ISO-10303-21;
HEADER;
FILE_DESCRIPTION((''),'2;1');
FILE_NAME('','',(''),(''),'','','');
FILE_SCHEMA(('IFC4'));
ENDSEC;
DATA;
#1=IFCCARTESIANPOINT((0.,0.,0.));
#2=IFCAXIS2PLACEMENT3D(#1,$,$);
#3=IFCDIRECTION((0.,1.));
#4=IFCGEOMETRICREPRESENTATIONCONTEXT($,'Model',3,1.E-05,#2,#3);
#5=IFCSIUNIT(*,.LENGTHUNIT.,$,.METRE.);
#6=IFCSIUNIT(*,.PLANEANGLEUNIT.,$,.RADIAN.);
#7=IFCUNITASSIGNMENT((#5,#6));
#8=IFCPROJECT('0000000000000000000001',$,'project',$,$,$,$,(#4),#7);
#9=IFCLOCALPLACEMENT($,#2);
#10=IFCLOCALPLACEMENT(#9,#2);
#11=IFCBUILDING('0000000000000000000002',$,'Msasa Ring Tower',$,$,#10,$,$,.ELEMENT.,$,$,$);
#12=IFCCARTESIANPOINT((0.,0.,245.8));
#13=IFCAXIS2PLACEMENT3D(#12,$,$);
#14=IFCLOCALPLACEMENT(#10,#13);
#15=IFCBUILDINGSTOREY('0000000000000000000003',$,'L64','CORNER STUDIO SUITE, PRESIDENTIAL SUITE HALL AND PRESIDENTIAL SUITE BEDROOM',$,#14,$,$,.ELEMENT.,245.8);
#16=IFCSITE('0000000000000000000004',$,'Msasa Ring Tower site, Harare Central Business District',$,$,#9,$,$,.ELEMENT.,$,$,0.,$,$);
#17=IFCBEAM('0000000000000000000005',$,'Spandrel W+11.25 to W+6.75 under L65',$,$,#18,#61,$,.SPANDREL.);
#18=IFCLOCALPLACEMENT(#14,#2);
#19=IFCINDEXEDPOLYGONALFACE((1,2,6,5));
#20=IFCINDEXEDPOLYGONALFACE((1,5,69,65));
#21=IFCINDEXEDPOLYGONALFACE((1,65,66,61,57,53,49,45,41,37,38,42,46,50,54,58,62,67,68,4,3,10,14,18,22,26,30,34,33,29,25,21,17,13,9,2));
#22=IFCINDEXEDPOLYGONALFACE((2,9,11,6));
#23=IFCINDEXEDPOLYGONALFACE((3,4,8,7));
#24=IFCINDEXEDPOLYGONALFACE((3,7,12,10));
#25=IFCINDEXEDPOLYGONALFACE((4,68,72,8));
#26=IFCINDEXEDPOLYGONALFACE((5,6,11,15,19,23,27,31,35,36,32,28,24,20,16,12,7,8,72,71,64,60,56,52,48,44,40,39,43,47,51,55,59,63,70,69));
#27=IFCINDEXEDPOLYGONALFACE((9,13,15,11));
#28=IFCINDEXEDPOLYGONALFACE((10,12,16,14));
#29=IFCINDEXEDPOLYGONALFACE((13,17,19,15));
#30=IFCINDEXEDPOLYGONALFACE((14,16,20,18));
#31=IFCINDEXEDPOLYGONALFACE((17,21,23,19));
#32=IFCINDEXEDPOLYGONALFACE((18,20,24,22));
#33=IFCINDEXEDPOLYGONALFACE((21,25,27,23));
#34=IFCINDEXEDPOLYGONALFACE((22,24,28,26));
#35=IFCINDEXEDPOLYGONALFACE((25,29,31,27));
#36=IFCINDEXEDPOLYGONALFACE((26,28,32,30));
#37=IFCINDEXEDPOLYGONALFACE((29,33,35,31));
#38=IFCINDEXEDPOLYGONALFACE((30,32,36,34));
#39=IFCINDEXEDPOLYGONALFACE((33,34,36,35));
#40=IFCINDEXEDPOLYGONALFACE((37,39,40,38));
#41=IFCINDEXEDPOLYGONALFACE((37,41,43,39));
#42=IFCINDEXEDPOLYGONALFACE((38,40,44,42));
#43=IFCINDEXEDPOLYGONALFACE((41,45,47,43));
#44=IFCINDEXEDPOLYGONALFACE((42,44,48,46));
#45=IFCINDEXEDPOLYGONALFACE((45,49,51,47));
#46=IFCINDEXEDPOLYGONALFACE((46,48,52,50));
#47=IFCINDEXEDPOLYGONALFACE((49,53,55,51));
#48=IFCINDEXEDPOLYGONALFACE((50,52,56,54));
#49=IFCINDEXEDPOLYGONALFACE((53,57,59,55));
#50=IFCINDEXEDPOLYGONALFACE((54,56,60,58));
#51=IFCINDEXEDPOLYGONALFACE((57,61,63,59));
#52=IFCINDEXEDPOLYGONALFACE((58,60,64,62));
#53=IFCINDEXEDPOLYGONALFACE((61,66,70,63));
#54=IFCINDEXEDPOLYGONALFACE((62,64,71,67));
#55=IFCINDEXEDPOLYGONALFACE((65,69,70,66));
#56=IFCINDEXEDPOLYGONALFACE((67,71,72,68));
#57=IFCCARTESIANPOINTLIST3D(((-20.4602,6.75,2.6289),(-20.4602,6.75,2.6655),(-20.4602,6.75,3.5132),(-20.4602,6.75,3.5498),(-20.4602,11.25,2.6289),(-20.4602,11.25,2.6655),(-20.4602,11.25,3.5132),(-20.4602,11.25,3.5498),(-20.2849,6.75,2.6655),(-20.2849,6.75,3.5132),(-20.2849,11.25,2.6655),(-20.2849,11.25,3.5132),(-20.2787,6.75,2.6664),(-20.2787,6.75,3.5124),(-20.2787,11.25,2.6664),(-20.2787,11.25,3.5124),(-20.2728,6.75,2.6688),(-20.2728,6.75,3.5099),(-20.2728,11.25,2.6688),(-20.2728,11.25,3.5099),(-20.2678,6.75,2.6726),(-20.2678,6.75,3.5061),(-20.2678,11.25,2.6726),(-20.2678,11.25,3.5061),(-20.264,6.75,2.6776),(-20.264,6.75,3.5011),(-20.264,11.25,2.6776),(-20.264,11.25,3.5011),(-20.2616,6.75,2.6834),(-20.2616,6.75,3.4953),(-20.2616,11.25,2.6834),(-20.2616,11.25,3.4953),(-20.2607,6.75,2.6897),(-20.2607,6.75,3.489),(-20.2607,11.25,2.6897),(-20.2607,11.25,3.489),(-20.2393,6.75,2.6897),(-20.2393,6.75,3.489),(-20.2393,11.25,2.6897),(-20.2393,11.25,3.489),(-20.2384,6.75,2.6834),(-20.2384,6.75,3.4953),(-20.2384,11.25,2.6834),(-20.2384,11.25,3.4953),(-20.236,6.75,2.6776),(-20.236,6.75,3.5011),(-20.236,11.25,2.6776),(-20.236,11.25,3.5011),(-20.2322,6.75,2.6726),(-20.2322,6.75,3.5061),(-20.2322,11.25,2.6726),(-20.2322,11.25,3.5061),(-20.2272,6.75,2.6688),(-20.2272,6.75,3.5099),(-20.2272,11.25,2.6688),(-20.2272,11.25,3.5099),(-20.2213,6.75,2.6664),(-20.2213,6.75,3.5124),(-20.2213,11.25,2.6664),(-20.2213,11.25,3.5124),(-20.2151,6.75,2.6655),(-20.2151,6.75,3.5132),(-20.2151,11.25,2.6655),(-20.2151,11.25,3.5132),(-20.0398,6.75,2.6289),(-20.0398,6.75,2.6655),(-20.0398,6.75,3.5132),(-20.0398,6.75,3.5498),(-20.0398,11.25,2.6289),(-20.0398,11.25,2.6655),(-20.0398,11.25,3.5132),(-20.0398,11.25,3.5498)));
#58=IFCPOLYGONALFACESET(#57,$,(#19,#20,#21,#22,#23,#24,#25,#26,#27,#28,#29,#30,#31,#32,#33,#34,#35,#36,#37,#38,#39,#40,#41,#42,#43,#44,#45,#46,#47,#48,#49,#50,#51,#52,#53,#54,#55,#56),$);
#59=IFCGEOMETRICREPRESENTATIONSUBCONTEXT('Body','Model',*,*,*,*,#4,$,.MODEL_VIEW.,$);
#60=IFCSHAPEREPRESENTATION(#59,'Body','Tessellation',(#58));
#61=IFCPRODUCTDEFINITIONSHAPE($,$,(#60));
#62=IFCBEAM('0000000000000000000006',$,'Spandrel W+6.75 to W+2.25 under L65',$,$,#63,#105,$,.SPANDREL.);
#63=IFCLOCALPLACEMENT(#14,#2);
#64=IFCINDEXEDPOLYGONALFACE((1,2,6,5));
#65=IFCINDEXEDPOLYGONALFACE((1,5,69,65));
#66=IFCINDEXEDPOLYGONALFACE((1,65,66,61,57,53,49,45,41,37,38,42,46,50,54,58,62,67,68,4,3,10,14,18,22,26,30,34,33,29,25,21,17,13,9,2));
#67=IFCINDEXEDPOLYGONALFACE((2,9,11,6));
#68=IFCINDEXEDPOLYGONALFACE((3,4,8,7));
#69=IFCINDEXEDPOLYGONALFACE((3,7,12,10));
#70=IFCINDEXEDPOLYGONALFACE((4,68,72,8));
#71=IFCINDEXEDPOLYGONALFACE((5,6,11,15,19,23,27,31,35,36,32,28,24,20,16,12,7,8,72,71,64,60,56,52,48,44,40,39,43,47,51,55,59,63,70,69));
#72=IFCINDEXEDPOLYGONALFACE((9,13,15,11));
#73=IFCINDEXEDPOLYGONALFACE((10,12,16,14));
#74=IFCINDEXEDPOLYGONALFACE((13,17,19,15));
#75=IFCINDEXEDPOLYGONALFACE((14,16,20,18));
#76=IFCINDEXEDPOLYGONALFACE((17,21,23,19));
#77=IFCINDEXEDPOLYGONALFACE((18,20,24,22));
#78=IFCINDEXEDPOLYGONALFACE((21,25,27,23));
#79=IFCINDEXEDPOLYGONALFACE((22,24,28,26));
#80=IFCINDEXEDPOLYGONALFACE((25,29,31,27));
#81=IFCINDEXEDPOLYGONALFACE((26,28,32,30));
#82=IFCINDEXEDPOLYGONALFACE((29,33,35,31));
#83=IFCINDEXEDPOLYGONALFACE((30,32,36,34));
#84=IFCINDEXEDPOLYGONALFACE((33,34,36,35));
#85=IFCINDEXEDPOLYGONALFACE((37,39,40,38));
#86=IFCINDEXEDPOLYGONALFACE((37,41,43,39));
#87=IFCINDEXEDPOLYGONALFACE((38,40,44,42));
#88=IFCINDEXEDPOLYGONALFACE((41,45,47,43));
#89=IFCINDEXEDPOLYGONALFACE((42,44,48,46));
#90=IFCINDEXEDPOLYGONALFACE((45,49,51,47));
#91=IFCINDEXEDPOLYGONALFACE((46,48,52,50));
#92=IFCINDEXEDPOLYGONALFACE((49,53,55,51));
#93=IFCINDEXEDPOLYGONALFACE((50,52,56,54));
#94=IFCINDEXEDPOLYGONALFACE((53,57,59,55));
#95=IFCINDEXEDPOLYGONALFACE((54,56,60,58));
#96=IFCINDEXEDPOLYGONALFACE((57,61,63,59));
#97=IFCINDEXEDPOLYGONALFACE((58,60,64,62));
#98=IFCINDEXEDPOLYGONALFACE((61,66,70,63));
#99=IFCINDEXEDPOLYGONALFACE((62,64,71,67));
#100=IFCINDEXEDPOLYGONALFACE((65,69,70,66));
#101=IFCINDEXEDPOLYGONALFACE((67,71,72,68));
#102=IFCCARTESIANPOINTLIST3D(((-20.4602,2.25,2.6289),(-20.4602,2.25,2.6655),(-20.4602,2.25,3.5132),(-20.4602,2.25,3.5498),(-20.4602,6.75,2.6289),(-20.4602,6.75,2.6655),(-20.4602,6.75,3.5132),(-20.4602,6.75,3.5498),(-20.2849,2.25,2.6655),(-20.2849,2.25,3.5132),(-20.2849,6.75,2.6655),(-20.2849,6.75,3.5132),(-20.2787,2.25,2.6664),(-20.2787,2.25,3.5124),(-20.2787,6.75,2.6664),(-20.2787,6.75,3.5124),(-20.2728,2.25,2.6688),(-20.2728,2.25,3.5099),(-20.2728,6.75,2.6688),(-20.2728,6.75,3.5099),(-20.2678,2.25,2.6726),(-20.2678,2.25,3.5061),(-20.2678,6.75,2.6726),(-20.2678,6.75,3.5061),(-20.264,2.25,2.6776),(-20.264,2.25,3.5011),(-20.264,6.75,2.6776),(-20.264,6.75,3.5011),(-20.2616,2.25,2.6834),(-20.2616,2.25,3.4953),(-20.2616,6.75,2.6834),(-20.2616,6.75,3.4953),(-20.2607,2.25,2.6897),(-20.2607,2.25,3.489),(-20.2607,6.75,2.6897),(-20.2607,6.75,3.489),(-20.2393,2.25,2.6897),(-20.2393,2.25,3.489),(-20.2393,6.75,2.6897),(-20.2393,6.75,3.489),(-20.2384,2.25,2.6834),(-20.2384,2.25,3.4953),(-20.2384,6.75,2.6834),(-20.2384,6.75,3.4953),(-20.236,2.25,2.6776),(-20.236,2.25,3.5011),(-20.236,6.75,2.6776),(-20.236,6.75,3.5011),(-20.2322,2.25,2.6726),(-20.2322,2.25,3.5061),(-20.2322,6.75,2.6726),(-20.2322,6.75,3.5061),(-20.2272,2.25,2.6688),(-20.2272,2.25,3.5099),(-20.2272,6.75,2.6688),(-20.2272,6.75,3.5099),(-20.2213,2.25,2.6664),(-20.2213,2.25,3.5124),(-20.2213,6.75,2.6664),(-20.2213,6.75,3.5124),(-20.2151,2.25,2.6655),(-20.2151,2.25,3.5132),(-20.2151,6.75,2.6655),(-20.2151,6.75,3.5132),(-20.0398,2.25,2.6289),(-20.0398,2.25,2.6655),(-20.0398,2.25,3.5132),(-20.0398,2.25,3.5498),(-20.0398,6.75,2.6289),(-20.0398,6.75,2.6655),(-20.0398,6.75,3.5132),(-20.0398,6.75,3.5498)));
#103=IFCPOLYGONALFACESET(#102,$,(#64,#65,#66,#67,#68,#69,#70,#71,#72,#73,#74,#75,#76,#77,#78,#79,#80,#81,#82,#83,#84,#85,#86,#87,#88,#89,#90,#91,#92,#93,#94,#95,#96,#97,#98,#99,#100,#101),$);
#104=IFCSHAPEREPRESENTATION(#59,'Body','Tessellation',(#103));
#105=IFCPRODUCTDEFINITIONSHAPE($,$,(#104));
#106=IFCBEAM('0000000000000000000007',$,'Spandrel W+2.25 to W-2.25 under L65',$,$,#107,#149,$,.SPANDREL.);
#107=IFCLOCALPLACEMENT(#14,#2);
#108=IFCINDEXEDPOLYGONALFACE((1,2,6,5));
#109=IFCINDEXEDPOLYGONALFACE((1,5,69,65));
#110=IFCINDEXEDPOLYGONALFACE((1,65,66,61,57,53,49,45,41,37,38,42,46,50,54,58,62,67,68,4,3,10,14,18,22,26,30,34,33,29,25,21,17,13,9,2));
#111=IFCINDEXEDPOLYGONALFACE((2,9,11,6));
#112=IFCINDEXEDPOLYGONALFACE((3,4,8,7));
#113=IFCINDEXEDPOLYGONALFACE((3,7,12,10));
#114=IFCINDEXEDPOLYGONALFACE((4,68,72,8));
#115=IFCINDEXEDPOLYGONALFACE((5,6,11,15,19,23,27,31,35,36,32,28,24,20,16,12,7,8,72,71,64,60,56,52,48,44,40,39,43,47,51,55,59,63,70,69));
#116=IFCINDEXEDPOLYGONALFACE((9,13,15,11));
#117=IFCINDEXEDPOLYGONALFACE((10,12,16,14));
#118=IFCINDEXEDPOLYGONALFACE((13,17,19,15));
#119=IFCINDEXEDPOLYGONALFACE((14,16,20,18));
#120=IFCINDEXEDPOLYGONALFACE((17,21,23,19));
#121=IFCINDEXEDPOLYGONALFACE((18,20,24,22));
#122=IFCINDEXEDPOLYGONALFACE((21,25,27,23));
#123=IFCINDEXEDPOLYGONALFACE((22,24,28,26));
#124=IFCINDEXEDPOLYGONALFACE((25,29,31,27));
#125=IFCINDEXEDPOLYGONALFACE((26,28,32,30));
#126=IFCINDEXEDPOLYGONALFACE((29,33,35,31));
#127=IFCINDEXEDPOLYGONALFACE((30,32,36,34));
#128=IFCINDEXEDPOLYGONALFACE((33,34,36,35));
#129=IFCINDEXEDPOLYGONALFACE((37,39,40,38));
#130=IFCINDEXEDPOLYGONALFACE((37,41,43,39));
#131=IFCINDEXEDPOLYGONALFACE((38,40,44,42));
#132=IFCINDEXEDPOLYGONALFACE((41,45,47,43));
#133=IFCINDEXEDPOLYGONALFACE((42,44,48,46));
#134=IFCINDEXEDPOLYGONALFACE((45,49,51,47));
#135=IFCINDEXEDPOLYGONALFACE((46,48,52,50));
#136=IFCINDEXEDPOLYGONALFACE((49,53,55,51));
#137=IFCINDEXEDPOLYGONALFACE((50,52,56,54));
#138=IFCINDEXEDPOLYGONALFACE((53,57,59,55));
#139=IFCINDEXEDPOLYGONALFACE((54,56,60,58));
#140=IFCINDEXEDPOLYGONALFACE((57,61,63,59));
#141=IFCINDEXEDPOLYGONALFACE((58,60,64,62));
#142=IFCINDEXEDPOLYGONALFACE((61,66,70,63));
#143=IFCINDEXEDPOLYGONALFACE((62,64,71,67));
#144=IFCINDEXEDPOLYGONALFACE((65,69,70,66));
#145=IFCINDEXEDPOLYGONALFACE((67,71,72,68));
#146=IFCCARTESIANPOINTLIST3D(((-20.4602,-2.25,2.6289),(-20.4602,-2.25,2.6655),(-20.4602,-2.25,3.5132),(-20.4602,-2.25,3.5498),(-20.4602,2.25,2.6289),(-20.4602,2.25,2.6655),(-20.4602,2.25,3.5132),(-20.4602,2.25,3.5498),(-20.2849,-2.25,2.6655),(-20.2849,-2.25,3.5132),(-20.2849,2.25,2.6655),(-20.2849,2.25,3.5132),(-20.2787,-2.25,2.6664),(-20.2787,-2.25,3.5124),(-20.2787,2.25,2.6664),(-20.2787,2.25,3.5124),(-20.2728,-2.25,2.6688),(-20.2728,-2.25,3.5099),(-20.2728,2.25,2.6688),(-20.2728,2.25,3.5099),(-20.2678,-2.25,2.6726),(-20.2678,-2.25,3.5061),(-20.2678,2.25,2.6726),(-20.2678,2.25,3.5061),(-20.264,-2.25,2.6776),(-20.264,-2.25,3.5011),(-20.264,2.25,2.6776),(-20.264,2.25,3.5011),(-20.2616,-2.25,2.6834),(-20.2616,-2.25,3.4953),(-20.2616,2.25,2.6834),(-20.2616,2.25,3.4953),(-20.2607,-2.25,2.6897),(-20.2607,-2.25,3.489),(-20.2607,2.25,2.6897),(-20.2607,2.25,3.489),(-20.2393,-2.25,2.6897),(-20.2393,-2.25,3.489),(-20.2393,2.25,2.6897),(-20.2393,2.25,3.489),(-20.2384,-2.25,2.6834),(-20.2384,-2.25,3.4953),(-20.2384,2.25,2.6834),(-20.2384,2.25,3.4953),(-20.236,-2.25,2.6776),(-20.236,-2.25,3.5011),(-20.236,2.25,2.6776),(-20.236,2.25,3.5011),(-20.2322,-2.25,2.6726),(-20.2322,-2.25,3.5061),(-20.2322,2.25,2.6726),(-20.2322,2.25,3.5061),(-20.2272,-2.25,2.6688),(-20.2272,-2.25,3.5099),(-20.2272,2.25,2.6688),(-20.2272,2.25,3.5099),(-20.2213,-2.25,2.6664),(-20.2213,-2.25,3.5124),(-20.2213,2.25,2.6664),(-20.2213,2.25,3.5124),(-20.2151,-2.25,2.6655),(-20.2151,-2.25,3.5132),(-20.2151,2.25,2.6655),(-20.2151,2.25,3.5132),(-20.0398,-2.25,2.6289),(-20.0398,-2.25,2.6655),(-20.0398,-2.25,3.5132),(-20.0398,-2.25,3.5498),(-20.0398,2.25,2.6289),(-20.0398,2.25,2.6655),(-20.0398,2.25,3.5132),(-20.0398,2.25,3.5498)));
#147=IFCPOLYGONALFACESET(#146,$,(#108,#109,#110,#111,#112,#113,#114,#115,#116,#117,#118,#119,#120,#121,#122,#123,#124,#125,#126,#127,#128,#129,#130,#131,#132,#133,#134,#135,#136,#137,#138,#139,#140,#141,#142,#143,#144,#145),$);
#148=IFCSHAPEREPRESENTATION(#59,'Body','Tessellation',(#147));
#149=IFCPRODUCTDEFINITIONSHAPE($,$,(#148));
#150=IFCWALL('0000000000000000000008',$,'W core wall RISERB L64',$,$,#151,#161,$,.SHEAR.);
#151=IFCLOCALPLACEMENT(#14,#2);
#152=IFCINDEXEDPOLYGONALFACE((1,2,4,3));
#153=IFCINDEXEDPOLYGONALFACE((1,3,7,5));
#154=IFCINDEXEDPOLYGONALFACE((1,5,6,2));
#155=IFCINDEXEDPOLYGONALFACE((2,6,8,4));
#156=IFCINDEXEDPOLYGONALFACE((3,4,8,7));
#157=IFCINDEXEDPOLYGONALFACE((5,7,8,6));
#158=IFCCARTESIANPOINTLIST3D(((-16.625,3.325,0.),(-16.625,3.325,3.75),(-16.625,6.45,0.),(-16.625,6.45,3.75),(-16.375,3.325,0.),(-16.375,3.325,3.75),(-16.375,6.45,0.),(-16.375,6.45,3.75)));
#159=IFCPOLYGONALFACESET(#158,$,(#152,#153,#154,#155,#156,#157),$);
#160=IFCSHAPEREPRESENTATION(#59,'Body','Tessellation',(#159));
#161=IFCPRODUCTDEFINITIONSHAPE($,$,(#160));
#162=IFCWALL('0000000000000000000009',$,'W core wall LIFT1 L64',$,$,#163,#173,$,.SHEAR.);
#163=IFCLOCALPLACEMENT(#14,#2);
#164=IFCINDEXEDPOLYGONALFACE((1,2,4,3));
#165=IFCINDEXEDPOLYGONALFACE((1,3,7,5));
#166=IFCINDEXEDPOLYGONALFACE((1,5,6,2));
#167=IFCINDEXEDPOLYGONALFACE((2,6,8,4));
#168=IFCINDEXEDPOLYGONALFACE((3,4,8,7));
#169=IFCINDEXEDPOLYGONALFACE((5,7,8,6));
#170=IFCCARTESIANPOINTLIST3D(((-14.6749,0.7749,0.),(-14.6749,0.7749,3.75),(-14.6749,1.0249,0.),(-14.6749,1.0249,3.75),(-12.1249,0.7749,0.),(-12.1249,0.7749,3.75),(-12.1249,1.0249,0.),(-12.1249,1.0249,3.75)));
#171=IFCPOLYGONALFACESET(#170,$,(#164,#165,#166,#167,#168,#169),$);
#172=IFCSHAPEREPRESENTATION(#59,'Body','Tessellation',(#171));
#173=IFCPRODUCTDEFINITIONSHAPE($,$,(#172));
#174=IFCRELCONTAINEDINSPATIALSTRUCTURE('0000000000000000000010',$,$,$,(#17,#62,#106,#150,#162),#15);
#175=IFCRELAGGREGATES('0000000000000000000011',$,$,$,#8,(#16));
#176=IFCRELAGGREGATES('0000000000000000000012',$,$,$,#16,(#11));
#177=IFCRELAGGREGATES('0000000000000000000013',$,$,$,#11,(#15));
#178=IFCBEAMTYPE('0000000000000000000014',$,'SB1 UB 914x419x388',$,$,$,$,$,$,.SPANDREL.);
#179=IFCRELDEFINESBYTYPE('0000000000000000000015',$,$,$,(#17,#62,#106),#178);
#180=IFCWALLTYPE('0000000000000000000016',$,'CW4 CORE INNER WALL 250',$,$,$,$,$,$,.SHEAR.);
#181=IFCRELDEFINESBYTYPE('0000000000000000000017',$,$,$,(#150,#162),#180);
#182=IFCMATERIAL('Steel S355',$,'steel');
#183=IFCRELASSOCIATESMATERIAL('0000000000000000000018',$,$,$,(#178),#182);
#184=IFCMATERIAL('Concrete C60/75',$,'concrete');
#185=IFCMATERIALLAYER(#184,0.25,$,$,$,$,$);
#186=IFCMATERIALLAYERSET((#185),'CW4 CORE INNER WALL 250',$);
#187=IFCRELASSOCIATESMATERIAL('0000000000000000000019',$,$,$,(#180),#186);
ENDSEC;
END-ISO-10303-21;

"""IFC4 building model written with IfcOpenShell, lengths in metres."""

from ifc_helpers import new_model, si_unit, direction, frame, frame_2d, origin, origin_2d, place, context, subcontext, project, spatial, rectangle, i_section, extrude, material, layer, layer_set, material_profile, profile_set, type_object, element, save


model = new_model("IFC4")

# Units and contexts
model_context = context("Model", 3, precision=1e-05, world=origin(), true_north=direction((0.0, 1.0)))
body_context = subcontext(model_context, "Body", "Model", "MODEL_VIEW")
ifc_project = project(units=[si_unit("LENGTHUNIT", "METRE"), si_unit("PLANEANGLEUNIT", "RADIAN")], contexts=[model_context])

# Site, building, storey
site_placement = place(None, origin())
site = spatial("IfcSite", under=ifc_project, at=site_placement, Name="Msasa Ring Tower site, Harare Central Business District", CompositionType="ELEMENT", RefElevation=0.0)
building_placement = place(site_placement, origin())
building = spatial("IfcBuilding", under=site, at=building_placement, Name="Msasa Ring Tower", CompositionType="ELEMENT")
storey_placement = place(building_placement, frame((0.0, 0.0, 245.8)))
storey = spatial("IfcBuildingStorey", under=building, at=storey_placement, Name="L64", Description="CORNER STUDIO SUITE, PRESIDENTIAL SUITE HALL AND PRESIDENTIAL SUITE BEDROOM", CompositionType="ELEMENT", Elevation=245.8)

# Beams
ifc_material_1 = material(Name="Steel S355", Category="steel")
ifc_material_profile_1 = material_profile(ifc_material_1, i_section(OverallWidth=0.4204, OverallDepth=0.9209, WebThickness=0.0215, FlangeThickness=0.0366, FilletRadius=0.0242, at=origin_2d()), Name="UB 914x419x388")
ifc_profile_set_1 = profile_set([ifc_material_profile_1], Name="Steel S355")
beam_type_1 = type_object("IfcBeamType", Name="SB1 UB 914x419x388", PredefinedType="SPANDREL", material=ifc_profile_set_1)
for number, where, z_axis, x_axis, name in (
    (1, (-20.25, 11.25, 3.0894), (0.0, -1.0, 0.0), (1.0, 0.0, 0.0), "Spandrel W+11.25 to W+6.75 under L65"),
    (2, (-20.25, 6.75, 3.0894), (0.0, -1.0, 0.0), (1.0, 0.0, 0.0), "Spandrel W+6.75 to W+2.25 under L65"),
    (3, (-20.25, 2.25, 3.0894), (0.0, -1.0, 0.0), (1.0, 0.0, 0.0), "Spandrel W+2.25 to W-2.25 under L65"),
):
    element("IfcBeam", number, at=place(storey_placement, frame(where, z_axis=z_axis, x_axis=x_axis)), inside=storey, type_object=beam_type_1, Name=name, PredefinedType="SPANDREL", context=body_context, shape_type="SweptSolid", body=[
        extrude(i_section(OverallWidth=0.4204, OverallDepth=0.9209, WebThickness=0.0215, FlangeThickness=0.0366, FilletRadius=0.0242, at=origin_2d()), origin(), (0.0, 0.0, 1.0), 4.5),
    ])

# Walls
ifc_material_2 = material(Name="Concrete C60/75", Category="concrete")
ifc_layer_1 = layer(ifc_material_2, 0.25)
ifc_layer_set_1 = layer_set([ifc_layer_1], Name="CW4 CORE INNER WALL 250")
wall_type_1 = type_object("IfcWallType", Name="CW4 CORE INNER WALL 250", PredefinedType="SHEAR", material=ifc_layer_set_1)
wall_1_placement = place(storey_placement, frame((-16.5, 3.325, 0.0), z_axis=(0.0, 0.0, 1.0), x_axis=(0.0, 1.0, 0.0)))
element("IfcWall", 4, at=wall_1_placement, inside=storey, type_object=wall_type_1, Name="W core wall RISERB L64", PredefinedType="SHEAR", context=body_context, shape_type="SweptSolid", body=[
    extrude(rectangle(XDim=3.125, YDim=0.25, at=frame_2d((1.5625, 0.0))), origin(), (0.0, 0.0, 1.0), 3.75),
])
wall_2_placement = place(storey_placement, frame((-12.125, 0.8999, 0.0), z_axis=(0.0, 0.0, 1.0), x_axis=(-1.0, 0.0, 0.0)))
element("IfcWall", 5, at=wall_2_placement, inside=storey, type_object=wall_type_1, Name="W core wall LIFT1 L64", PredefinedType="SHEAR", context=body_context, shape_type="SweptSolid", body=[
    extrude(rectangle(XDim=2.55, YDim=0.25, at=frame_2d((1.2749, 0.0))), origin(), (0.0, 0.0, 1.0), 3.75),
])

save(model, "model.ifc")
